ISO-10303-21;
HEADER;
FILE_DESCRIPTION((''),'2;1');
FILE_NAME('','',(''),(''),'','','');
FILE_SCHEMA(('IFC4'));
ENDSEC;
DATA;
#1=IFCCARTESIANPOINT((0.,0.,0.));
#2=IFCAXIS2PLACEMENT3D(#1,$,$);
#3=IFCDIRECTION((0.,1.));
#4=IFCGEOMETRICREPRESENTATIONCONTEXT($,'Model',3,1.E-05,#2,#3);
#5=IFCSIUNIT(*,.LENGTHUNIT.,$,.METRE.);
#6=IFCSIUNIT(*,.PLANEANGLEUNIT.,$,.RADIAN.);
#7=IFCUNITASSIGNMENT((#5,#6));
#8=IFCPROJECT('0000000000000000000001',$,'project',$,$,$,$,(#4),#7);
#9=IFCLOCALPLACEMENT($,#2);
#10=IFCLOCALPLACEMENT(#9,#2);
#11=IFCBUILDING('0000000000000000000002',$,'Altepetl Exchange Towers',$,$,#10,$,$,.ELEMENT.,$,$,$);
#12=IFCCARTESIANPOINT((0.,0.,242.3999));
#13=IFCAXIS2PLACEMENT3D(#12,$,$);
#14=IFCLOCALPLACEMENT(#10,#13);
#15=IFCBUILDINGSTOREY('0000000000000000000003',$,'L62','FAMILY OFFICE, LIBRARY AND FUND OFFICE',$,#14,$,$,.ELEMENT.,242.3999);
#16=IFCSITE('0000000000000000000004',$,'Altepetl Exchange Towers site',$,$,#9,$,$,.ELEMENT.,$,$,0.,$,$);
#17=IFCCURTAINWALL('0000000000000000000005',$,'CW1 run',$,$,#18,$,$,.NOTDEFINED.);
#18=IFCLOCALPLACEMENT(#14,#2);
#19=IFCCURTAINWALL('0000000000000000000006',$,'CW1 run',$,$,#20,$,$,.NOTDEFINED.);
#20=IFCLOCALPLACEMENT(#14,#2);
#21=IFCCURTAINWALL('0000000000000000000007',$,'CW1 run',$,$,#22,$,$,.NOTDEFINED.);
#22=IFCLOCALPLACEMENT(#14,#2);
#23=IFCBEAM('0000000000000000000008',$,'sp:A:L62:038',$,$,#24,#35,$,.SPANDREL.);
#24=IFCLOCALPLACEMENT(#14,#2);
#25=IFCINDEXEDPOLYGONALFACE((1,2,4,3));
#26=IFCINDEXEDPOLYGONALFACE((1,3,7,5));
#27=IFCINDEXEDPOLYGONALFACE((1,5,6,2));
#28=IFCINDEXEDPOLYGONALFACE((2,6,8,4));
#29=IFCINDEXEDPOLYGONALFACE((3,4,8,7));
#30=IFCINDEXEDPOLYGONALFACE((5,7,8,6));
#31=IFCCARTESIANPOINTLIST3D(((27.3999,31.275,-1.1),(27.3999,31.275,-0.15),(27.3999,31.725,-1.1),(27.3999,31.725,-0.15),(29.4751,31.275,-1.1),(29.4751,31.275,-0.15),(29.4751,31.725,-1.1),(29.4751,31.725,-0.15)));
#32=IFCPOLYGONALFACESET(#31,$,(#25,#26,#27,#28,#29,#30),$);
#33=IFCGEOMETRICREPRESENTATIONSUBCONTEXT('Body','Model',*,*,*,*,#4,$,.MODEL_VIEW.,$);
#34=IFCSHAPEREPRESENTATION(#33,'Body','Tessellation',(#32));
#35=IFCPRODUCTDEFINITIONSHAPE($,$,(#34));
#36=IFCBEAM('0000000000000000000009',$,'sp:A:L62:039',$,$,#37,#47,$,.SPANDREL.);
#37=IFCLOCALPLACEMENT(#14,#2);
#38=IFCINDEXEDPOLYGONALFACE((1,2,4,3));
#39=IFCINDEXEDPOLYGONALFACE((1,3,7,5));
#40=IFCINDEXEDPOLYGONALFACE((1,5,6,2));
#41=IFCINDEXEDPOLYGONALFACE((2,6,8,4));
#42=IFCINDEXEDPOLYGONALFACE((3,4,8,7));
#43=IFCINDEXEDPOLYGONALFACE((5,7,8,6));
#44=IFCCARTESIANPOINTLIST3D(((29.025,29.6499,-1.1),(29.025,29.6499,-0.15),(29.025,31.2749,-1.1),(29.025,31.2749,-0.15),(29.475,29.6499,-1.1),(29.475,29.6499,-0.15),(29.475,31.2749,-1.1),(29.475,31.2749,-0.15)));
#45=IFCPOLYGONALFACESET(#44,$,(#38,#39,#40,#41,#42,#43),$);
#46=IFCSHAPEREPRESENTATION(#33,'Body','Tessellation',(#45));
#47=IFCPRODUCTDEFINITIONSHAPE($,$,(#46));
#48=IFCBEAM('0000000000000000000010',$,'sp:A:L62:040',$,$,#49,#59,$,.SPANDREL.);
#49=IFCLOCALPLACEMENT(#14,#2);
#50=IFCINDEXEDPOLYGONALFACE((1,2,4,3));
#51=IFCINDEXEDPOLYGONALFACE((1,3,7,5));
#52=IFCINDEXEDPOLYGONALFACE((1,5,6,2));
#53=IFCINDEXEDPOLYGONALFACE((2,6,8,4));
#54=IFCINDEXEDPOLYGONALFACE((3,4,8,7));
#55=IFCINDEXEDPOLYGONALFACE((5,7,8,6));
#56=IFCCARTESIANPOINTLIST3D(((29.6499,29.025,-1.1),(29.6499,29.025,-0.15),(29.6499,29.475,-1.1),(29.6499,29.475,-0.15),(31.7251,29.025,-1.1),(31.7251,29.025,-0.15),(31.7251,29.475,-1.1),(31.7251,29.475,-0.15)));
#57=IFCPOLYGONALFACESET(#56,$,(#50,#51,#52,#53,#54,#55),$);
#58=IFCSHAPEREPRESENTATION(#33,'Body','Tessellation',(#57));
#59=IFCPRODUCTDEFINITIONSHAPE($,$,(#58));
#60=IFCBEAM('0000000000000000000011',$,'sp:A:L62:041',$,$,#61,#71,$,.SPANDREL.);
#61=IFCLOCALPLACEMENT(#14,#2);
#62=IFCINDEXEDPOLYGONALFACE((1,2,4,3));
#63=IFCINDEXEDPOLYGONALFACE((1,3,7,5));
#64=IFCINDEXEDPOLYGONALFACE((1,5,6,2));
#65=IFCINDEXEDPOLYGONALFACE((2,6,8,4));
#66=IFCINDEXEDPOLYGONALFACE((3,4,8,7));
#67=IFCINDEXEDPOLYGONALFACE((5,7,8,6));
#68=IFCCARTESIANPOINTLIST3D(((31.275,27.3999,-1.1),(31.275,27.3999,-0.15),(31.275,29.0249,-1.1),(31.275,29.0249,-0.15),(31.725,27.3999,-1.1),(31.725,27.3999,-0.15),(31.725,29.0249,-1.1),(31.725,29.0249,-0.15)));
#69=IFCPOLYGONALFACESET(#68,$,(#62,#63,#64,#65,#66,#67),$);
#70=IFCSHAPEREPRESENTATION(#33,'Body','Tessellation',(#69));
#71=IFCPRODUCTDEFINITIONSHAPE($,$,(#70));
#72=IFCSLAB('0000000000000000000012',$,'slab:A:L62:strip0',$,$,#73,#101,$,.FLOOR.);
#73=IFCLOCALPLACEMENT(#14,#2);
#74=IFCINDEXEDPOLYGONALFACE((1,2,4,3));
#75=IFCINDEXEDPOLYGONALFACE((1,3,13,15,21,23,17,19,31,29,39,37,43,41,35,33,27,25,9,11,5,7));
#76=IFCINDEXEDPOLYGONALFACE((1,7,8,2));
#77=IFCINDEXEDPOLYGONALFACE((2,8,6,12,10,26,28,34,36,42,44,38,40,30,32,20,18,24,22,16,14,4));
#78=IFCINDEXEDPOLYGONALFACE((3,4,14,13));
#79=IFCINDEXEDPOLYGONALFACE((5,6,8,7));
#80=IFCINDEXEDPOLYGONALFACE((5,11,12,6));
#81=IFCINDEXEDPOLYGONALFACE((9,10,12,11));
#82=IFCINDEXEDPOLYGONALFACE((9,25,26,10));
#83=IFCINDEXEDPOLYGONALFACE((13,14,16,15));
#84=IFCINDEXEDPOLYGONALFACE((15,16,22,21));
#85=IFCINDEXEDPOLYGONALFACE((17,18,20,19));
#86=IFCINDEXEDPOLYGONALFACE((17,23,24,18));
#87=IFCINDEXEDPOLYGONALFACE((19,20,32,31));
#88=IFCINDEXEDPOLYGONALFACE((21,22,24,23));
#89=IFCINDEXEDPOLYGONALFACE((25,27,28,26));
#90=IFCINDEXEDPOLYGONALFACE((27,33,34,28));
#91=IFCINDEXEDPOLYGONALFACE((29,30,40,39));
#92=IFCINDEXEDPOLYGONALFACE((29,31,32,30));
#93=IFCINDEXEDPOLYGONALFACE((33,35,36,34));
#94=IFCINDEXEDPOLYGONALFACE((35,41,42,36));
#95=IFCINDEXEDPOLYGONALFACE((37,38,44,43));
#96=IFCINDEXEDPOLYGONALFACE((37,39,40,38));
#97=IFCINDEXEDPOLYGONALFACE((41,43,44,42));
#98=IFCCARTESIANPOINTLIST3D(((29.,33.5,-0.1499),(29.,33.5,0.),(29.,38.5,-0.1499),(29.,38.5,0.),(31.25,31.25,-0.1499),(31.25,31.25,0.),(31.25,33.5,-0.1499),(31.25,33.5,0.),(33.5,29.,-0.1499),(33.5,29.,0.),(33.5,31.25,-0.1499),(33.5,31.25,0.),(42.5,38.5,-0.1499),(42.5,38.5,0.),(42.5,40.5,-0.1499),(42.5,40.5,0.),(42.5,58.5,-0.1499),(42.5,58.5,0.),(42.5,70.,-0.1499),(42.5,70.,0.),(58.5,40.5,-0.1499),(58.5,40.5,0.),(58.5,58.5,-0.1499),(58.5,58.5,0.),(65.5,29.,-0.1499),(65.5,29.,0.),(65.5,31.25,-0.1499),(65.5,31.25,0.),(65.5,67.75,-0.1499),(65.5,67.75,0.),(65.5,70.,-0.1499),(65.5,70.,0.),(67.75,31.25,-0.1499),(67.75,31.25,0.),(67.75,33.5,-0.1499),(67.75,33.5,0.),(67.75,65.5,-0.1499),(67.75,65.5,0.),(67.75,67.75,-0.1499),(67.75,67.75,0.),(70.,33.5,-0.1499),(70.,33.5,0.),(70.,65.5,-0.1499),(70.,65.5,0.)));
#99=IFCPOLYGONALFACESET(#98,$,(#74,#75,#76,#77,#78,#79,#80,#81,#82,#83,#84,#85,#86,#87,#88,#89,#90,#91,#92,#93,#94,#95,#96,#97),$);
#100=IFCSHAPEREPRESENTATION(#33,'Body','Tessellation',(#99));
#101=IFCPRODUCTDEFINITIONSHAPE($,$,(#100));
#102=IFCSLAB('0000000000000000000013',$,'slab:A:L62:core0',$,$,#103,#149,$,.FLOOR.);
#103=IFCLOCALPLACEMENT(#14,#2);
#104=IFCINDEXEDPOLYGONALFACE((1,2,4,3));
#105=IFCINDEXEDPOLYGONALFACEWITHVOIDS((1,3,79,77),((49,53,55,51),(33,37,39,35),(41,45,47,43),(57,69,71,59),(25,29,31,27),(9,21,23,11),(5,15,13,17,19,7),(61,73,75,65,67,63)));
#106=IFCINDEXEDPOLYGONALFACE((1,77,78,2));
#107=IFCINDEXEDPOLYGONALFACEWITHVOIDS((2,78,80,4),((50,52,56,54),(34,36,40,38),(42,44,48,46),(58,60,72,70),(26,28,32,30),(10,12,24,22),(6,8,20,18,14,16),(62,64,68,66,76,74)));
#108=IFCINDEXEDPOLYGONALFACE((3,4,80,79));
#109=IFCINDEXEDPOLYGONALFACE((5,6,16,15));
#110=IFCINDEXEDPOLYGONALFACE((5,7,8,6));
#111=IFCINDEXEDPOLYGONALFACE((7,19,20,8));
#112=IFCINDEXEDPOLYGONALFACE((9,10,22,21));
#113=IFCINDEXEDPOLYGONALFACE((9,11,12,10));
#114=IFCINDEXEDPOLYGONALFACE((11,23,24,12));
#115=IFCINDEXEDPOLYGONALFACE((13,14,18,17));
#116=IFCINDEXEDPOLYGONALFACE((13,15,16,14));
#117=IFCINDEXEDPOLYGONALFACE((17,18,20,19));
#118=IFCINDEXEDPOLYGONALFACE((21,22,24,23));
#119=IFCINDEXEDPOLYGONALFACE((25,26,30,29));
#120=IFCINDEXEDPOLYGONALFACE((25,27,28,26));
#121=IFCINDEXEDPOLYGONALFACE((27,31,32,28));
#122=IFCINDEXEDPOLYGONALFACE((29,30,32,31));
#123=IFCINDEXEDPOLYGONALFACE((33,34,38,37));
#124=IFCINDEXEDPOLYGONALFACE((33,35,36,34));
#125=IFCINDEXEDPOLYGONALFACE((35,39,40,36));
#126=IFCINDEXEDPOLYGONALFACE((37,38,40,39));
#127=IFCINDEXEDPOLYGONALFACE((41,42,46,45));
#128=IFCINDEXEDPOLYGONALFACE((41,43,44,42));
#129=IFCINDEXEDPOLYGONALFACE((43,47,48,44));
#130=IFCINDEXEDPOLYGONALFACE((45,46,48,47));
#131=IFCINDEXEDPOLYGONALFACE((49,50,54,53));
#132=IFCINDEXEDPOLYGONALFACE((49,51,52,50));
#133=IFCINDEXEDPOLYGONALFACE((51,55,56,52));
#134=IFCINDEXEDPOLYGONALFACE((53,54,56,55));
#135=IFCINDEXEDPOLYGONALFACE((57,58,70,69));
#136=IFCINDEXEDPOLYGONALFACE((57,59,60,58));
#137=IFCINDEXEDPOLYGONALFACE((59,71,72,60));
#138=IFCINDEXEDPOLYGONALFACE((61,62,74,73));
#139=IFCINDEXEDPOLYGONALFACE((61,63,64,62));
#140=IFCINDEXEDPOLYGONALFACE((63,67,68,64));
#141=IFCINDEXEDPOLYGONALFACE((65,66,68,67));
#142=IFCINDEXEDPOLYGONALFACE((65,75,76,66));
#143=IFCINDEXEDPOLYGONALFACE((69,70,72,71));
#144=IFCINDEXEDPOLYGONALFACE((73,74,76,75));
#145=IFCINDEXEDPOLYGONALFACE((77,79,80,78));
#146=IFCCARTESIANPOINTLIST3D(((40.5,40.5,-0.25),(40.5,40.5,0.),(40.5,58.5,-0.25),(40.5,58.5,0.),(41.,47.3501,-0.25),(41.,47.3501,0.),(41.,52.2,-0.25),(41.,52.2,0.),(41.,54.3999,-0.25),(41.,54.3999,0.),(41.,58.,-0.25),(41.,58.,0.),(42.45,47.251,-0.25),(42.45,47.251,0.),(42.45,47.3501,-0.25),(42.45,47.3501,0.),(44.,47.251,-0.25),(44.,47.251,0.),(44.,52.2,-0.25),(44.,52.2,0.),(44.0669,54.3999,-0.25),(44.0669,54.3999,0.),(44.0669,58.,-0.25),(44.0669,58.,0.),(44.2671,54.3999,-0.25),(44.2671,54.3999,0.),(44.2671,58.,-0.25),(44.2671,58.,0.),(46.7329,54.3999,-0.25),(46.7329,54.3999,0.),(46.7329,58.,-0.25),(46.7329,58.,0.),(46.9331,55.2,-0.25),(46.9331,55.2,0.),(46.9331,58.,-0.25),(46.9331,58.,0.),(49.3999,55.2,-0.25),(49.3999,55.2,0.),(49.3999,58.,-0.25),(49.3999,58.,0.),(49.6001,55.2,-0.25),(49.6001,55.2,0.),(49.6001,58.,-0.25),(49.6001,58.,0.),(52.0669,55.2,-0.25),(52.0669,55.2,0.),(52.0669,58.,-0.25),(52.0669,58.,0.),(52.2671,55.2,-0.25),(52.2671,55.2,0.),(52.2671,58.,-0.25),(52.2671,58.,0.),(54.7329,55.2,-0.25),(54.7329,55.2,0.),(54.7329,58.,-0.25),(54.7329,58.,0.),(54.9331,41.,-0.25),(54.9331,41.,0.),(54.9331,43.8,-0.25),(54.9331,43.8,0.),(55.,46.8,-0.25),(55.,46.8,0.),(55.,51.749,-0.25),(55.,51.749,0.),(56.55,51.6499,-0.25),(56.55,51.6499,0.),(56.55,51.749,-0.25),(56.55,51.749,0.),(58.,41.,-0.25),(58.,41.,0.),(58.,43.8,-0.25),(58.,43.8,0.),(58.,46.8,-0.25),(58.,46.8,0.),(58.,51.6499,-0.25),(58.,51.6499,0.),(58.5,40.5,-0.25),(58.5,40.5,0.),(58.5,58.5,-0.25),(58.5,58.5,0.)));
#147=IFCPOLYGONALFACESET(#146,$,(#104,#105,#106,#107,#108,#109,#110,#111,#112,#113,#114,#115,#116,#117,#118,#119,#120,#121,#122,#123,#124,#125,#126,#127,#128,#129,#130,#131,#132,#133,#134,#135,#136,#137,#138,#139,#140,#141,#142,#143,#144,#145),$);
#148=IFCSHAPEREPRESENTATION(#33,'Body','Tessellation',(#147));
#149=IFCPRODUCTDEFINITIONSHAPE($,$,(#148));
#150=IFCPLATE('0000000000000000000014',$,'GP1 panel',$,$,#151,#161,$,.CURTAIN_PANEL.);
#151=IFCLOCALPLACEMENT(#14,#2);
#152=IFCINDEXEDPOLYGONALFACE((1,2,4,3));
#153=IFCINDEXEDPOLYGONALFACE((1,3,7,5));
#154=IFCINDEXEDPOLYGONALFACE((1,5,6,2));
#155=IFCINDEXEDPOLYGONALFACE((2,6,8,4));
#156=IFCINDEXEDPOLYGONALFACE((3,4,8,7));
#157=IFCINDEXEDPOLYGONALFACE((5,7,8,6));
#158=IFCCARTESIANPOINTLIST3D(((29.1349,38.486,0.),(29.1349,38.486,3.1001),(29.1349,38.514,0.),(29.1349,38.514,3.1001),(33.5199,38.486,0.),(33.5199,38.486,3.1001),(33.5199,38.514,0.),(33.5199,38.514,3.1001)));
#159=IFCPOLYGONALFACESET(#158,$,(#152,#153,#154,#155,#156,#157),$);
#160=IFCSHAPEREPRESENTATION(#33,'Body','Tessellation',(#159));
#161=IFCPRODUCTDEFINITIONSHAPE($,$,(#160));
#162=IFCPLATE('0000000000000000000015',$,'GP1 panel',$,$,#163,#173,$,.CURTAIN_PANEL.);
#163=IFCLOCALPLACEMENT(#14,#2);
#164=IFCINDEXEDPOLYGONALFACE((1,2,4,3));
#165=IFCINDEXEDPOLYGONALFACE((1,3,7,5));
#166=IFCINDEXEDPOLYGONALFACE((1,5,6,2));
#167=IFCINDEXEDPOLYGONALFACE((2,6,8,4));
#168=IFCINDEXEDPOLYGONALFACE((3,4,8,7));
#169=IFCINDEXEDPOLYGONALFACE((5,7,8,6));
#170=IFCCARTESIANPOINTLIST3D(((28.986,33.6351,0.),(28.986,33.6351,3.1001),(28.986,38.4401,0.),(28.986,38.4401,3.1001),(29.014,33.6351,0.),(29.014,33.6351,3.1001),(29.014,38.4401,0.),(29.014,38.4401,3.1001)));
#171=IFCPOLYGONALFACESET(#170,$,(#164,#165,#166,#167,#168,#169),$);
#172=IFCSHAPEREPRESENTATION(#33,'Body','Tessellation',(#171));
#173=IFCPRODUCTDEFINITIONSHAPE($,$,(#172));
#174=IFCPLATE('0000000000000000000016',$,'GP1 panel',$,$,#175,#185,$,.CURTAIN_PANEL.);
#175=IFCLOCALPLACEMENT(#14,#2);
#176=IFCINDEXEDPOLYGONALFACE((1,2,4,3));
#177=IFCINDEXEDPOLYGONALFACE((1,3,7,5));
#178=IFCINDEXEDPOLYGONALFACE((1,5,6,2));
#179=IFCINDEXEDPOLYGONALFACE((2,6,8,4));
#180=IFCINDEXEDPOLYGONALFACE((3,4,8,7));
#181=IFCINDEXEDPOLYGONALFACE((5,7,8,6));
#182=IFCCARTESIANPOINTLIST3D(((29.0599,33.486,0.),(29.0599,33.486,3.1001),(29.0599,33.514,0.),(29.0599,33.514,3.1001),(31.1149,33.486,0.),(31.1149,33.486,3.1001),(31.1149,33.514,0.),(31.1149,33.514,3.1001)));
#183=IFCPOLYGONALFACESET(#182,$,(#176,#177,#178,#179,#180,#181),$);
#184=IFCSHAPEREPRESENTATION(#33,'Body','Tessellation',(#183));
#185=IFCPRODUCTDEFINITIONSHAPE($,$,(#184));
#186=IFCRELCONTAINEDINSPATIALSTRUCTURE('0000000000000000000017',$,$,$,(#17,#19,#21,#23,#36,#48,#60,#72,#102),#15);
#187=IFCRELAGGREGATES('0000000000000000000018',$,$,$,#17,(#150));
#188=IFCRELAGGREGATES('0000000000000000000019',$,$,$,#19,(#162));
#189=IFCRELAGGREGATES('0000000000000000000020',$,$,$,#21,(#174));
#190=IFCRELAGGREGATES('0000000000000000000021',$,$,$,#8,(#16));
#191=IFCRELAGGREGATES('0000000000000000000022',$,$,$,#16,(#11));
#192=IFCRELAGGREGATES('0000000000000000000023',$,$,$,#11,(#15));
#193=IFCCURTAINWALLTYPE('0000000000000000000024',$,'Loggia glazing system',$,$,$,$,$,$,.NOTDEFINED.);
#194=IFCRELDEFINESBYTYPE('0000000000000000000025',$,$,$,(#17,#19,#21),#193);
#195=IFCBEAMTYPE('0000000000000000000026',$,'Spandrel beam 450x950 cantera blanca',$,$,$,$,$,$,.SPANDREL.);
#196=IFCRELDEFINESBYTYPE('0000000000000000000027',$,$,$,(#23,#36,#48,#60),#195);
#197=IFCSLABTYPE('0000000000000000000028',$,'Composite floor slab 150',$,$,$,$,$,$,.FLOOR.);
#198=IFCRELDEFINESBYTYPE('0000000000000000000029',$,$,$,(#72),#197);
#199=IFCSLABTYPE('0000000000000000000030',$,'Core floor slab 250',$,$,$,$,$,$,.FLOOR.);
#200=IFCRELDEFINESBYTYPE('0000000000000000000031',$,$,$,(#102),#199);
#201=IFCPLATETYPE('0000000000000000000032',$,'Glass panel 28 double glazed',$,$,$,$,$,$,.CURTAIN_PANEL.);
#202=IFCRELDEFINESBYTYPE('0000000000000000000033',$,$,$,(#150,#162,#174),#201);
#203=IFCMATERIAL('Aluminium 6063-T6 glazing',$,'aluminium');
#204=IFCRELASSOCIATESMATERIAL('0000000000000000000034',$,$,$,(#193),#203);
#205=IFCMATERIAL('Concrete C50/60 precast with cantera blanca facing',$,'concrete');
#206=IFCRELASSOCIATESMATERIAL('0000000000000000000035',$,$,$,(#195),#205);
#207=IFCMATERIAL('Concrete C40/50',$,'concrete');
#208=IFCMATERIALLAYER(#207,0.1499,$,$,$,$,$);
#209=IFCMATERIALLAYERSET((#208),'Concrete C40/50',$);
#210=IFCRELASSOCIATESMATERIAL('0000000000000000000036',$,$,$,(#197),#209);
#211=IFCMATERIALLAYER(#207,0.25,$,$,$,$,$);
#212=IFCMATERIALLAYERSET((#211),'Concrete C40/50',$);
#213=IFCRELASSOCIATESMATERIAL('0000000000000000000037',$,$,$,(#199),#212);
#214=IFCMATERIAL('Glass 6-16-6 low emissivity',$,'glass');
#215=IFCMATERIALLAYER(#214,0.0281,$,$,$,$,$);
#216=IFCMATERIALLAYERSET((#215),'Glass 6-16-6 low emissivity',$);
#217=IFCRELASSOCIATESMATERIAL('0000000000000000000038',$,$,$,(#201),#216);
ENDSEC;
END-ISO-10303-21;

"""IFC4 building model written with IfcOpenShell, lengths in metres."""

from ifc_helpers import new_model, si_unit, direction, frame, origin, origin_2d, place, context, subcontext, project, spatial, polyline, rectangle, outline, extrude, material, layer, layer_set, material_profile, profile_set, type_object, element, aggregate, save


model = new_model("IFC4")

# Units and contexts
model_context = context("Model", 3, precision=1e-05, world=origin(), true_north=direction((0.0, 1.0)))
body_context = subcontext(model_context, "Body", "Model", "MODEL_VIEW")
ifc_project = project(units=[si_unit("LENGTHUNIT", "METRE"), si_unit("PLANEANGLEUNIT", "RADIAN")], contexts=[model_context])

# Site, building, storey
site_placement = place(None, origin())
site = spatial("IfcSite", under=ifc_project, at=site_placement, Name="Altepetl Exchange Towers site", CompositionType="ELEMENT", RefElevation=0.0)
building_placement = place(site_placement, origin())
building = spatial("IfcBuilding", under=site, at=building_placement, Name="Altepetl Exchange Towers", CompositionType="ELEMENT")
storey_placement = place(building_placement, frame((0.0, 0.0, 242.3999)))
storey = spatial("IfcBuildingStorey", under=building, at=storey_placement, Name="L62", Description="FAMILY OFFICE, LIBRARY AND FUND OFFICE", CompositionType="ELEMENT", Elevation=242.3999)

# Curtain wall
ifc_material_1 = material(Name="Aluminium 6063-T6 glazing", Category="aluminium")
curtain_wall_type = type_object("IfcCurtainWallType", Name="Loggia glazing system", PredefinedType="NOTDEFINED", material=ifc_material_1)
curtain_wall_1_placement = place(storey_placement, origin())
curtain_wall_1 = element("IfcCurtainWall", 1, at=curtain_wall_1_placement, inside=storey, type_object=curtain_wall_type, Name="CW1 run", PredefinedType="NOTDEFINED")

# Curtain walls
curtain_wall_2_placement = place(storey_placement, origin())
curtain_wall_2 = element("IfcCurtainWall", 2, at=curtain_wall_2_placement, inside=storey, type_object=curtain_wall_type, Name="CW1 run", PredefinedType="NOTDEFINED")
curtain_wall_3_placement = place(storey_placement, origin())
curtain_wall_3 = element("IfcCurtainWall", 3, at=curtain_wall_3_placement, inside=storey, type_object=curtain_wall_type, Name="CW1 run", PredefinedType="NOTDEFINED")

# Beams
ifc_material_2 = material(Name="Concrete C50/60 precast with cantera blanca facing", Category="concrete")
ifc_material_profile_1 = material_profile(ifc_material_2, rectangle(XDim=0.45, YDim=0.95, at=origin_2d()), Name="450 x 950")
ifc_profile_set_1 = profile_set([ifc_material_profile_1], Name="Concrete C50/60 precast with cantera blanca facing")
beam_type = type_object("IfcBeamType", Name="Spandrel beam 450x950 cantera blanca", PredefinedType="SPANDREL", material=ifc_profile_set_1)
beam_1_placement = place(storey_placement, frame((27.3999, 31.5, -0.625), z_axis=(1.0, 0.0, 0.0), x_axis=(0.0, 1.0, 0.0)))
element("IfcBeam", 4, at=beam_1_placement, inside=storey, type_object=beam_type, Name="sp:A:L62:038", PredefinedType="SPANDREL", context=body_context, shape_type="SweptSolid", body=[
    extrude(rectangle(XDim=0.45, YDim=0.95, at=origin_2d()), origin(), (0.0, 0.0, 1.0), 2.0752),
])
beam_2_placement = place(storey_placement, frame((29.25, 31.2749, -0.625), z_axis=(0.0, -1.0, 0.0), x_axis=(1.0, 0.0, 0.0)))
element("IfcBeam", 5, at=beam_2_placement, inside=storey, type_object=beam_type, Name="sp:A:L62:039", PredefinedType="SPANDREL", context=body_context, shape_type="SweptSolid", body=[
    extrude(rectangle(XDim=0.45, YDim=0.95, at=origin_2d()), origin(), (0.0, 0.0, 1.0), 1.625),
])
beam_3_placement = place(storey_placement, frame((29.6499, 29.25, -0.625), z_axis=(1.0, 0.0, 0.0), x_axis=(0.0, 1.0, 0.0)))
element("IfcBeam", 6, at=beam_3_placement, inside=storey, type_object=beam_type, Name="sp:A:L62:040", PredefinedType="SPANDREL", context=body_context, shape_type="SweptSolid", body=[
    extrude(rectangle(XDim=0.45, YDim=0.95, at=origin_2d()), origin(), (0.0, 0.0, 1.0), 2.0752),
])
beam_4_placement = place(storey_placement, frame((31.5, 29.0249, -0.625), z_axis=(0.0, -1.0, 0.0), x_axis=(1.0, 0.0, 0.0)))
element("IfcBeam", 7, at=beam_4_placement, inside=storey, type_object=beam_type, Name="sp:A:L62:041", PredefinedType="SPANDREL", context=body_context, shape_type="SweptSolid", body=[
    extrude(rectangle(XDim=0.45, YDim=0.95, at=origin_2d()), origin(), (0.0, 0.0, 1.0), 1.625),
])

# Slabs
ifc_material_3 = material(Name="Concrete C40/50", Category="concrete")
ifc_layer_1 = layer(ifc_material_3, 0.1499)
ifc_layer_set_1 = layer_set([ifc_layer_1], Name="Concrete C40/50")
slab_type_1 = type_object("IfcSlabType", Name="Composite floor slab 150", PredefinedType="FLOOR", material=ifc_layer_set_1)
slab_1_placement = place(storey_placement, frame((0.0, 0.0, -0.1499)))
element("IfcSlab", 8, at=slab_1_placement, inside=storey, type_object=slab_type_1, Name="slab:A:L62:strip0", PredefinedType="FLOOR", context=body_context, shape_type="SweptSolid", body=[
    extrude(outline(polyline([(42.5, 70.0), (42.5, 58.5), (58.5, 58.5), (58.5, 40.5), (42.5, 40.5), (42.5, 38.5), (29.0, 38.5), (29.0, 33.5), (31.25, 33.5), (31.25, 31.25), (33.5, 31.25), (33.5, 29.0), (65.5, 29.0), (65.5, 31.25), (67.75, 31.25), (67.75, 33.5), (70.0, 33.5), (70.0, 65.5), (67.75, 65.5), (67.75, 67.75), (65.5, 67.75), (65.5, 70.0), (42.5, 70.0)])), origin(), (0.0, 0.0, 1.0), 0.1499),
])
ifc_layer_2 = layer(ifc_material_3, 0.25)
ifc_layer_set_2 = layer_set([ifc_layer_2], Name="Concrete C40/50")
slab_type_2 = type_object("IfcSlabType", Name="Core floor slab 250", PredefinedType="FLOOR", material=ifc_layer_set_2)
slab_2_placement = place(storey_placement, frame((0.0, 0.0, -0.25)))
element("IfcSlab", 9, at=slab_2_placement, inside=storey, type_object=slab_type_2, Name="slab:A:L62:core0", PredefinedType="FLOOR", context=body_context, shape_type="SweptSolid", body=[
    extrude(outline(polyline([(40.5, 40.5), (58.5, 40.5), (58.5, 58.5), (40.5, 58.5), (40.5, 40.5)]), holes=[polyline([(54.9331, 43.8), (58.0, 43.8), (58.0, 41.0), (54.9331, 41.0), (54.9331, 43.8)]), polyline([(55.0, 51.749), (56.55, 51.749), (56.55, 51.6499), (58.0, 51.6499), (58.0, 46.8), (55.0, 46.8), (55.0, 51.749)]), polyline([(44.0, 47.251), (42.45, 47.251), (42.45, 47.3501), (41.0, 47.3501), (41.0, 52.2), (44.0, 52.2), (44.0, 47.251)]), polyline([(41.0, 58.0), (44.0669, 58.0), (44.0669, 54.3999), (41.0, 54.3999), (41.0, 58.0)]), polyline([(44.2671, 58.0), (46.7329, 58.0), (46.7329, 54.3999), (44.2671, 54.3999), (44.2671, 58.0)]), polyline([(46.9331, 58.0), (49.3999, 58.0), (49.3999, 55.2), (46.9331, 55.2), (46.9331, 58.0)]), polyline([(49.6001, 58.0), (52.0669, 58.0), (52.0669, 55.2), (49.6001, 55.2), (49.6001, 58.0)]), polyline([(52.2671, 58.0), (54.7329, 58.0), (54.7329, 55.2), (52.2671, 55.2), (52.2671, 58.0)])]), origin(), (0.0, 0.0, 1.0), 0.25),
])

# Plates
ifc_material_4 = material(Name="Glass 6-16-6 low emissivity", Category="glass")
ifc_layer_3 = layer(ifc_material_4, 0.0281)
ifc_layer_set_3 = layer_set([ifc_layer_3], Name="Glass 6-16-6 low emissivity")
plate_type = type_object("IfcPlateType", Name="Glass panel 28 double glazed", PredefinedType="CURTAIN_PANEL", material=ifc_layer_set_3)
plate_1_placement = place(storey_placement, frame((31.3274, 38.5, 0.0), z_axis=(0.0, 0.0, 1.0), x_axis=(-1.0, 0.0, 0.0)))
plate_1 = element("IfcPlate", 10, at=plate_1_placement, type_object=plate_type, Name="GP1 panel", PredefinedType="CURTAIN_PANEL", context=body_context, shape_type="SweptSolid", body=[
    extrude(rectangle(XDim=4.385, YDim=0.0281, at=origin_2d()), origin(), (0.0, 0.0, 1.0), 3.1001),
])
aggregate(curtain_wall_1, [plate_1])
plate_2_placement = place(storey_placement, frame((29.0, 36.0376, 0.0), z_axis=(0.0, 0.0, 1.0), x_axis=(0.0, -1.0, 0.0)))
plate_2 = element("IfcPlate", 11, at=plate_2_placement, type_object=plate_type, Name="GP1 panel", PredefinedType="CURTAIN_PANEL", context=body_context, shape_type="SweptSolid", body=[
    extrude(rectangle(XDim=4.8049, YDim=0.0281, at=origin_2d()), origin(), (0.0, 0.0, 1.0), 3.1001),
])
aggregate(curtain_wall_2, [plate_2])
plate_3_placement = place(storey_placement, frame((30.0874, 33.5, 0.0)))
plate_3 = element("IfcPlate", 12, at=plate_3_placement, type_object=plate_type, Name="GP1 panel", PredefinedType="CURTAIN_PANEL", context=body_context, shape_type="SweptSolid", body=[
    extrude(rectangle(XDim=2.0549, YDim=0.0281, at=origin_2d()), origin(), (0.0, 0.0, 1.0), 3.1001),
])
aggregate(curtain_wall_3, [plate_3])

save(model, "model.ifc")
